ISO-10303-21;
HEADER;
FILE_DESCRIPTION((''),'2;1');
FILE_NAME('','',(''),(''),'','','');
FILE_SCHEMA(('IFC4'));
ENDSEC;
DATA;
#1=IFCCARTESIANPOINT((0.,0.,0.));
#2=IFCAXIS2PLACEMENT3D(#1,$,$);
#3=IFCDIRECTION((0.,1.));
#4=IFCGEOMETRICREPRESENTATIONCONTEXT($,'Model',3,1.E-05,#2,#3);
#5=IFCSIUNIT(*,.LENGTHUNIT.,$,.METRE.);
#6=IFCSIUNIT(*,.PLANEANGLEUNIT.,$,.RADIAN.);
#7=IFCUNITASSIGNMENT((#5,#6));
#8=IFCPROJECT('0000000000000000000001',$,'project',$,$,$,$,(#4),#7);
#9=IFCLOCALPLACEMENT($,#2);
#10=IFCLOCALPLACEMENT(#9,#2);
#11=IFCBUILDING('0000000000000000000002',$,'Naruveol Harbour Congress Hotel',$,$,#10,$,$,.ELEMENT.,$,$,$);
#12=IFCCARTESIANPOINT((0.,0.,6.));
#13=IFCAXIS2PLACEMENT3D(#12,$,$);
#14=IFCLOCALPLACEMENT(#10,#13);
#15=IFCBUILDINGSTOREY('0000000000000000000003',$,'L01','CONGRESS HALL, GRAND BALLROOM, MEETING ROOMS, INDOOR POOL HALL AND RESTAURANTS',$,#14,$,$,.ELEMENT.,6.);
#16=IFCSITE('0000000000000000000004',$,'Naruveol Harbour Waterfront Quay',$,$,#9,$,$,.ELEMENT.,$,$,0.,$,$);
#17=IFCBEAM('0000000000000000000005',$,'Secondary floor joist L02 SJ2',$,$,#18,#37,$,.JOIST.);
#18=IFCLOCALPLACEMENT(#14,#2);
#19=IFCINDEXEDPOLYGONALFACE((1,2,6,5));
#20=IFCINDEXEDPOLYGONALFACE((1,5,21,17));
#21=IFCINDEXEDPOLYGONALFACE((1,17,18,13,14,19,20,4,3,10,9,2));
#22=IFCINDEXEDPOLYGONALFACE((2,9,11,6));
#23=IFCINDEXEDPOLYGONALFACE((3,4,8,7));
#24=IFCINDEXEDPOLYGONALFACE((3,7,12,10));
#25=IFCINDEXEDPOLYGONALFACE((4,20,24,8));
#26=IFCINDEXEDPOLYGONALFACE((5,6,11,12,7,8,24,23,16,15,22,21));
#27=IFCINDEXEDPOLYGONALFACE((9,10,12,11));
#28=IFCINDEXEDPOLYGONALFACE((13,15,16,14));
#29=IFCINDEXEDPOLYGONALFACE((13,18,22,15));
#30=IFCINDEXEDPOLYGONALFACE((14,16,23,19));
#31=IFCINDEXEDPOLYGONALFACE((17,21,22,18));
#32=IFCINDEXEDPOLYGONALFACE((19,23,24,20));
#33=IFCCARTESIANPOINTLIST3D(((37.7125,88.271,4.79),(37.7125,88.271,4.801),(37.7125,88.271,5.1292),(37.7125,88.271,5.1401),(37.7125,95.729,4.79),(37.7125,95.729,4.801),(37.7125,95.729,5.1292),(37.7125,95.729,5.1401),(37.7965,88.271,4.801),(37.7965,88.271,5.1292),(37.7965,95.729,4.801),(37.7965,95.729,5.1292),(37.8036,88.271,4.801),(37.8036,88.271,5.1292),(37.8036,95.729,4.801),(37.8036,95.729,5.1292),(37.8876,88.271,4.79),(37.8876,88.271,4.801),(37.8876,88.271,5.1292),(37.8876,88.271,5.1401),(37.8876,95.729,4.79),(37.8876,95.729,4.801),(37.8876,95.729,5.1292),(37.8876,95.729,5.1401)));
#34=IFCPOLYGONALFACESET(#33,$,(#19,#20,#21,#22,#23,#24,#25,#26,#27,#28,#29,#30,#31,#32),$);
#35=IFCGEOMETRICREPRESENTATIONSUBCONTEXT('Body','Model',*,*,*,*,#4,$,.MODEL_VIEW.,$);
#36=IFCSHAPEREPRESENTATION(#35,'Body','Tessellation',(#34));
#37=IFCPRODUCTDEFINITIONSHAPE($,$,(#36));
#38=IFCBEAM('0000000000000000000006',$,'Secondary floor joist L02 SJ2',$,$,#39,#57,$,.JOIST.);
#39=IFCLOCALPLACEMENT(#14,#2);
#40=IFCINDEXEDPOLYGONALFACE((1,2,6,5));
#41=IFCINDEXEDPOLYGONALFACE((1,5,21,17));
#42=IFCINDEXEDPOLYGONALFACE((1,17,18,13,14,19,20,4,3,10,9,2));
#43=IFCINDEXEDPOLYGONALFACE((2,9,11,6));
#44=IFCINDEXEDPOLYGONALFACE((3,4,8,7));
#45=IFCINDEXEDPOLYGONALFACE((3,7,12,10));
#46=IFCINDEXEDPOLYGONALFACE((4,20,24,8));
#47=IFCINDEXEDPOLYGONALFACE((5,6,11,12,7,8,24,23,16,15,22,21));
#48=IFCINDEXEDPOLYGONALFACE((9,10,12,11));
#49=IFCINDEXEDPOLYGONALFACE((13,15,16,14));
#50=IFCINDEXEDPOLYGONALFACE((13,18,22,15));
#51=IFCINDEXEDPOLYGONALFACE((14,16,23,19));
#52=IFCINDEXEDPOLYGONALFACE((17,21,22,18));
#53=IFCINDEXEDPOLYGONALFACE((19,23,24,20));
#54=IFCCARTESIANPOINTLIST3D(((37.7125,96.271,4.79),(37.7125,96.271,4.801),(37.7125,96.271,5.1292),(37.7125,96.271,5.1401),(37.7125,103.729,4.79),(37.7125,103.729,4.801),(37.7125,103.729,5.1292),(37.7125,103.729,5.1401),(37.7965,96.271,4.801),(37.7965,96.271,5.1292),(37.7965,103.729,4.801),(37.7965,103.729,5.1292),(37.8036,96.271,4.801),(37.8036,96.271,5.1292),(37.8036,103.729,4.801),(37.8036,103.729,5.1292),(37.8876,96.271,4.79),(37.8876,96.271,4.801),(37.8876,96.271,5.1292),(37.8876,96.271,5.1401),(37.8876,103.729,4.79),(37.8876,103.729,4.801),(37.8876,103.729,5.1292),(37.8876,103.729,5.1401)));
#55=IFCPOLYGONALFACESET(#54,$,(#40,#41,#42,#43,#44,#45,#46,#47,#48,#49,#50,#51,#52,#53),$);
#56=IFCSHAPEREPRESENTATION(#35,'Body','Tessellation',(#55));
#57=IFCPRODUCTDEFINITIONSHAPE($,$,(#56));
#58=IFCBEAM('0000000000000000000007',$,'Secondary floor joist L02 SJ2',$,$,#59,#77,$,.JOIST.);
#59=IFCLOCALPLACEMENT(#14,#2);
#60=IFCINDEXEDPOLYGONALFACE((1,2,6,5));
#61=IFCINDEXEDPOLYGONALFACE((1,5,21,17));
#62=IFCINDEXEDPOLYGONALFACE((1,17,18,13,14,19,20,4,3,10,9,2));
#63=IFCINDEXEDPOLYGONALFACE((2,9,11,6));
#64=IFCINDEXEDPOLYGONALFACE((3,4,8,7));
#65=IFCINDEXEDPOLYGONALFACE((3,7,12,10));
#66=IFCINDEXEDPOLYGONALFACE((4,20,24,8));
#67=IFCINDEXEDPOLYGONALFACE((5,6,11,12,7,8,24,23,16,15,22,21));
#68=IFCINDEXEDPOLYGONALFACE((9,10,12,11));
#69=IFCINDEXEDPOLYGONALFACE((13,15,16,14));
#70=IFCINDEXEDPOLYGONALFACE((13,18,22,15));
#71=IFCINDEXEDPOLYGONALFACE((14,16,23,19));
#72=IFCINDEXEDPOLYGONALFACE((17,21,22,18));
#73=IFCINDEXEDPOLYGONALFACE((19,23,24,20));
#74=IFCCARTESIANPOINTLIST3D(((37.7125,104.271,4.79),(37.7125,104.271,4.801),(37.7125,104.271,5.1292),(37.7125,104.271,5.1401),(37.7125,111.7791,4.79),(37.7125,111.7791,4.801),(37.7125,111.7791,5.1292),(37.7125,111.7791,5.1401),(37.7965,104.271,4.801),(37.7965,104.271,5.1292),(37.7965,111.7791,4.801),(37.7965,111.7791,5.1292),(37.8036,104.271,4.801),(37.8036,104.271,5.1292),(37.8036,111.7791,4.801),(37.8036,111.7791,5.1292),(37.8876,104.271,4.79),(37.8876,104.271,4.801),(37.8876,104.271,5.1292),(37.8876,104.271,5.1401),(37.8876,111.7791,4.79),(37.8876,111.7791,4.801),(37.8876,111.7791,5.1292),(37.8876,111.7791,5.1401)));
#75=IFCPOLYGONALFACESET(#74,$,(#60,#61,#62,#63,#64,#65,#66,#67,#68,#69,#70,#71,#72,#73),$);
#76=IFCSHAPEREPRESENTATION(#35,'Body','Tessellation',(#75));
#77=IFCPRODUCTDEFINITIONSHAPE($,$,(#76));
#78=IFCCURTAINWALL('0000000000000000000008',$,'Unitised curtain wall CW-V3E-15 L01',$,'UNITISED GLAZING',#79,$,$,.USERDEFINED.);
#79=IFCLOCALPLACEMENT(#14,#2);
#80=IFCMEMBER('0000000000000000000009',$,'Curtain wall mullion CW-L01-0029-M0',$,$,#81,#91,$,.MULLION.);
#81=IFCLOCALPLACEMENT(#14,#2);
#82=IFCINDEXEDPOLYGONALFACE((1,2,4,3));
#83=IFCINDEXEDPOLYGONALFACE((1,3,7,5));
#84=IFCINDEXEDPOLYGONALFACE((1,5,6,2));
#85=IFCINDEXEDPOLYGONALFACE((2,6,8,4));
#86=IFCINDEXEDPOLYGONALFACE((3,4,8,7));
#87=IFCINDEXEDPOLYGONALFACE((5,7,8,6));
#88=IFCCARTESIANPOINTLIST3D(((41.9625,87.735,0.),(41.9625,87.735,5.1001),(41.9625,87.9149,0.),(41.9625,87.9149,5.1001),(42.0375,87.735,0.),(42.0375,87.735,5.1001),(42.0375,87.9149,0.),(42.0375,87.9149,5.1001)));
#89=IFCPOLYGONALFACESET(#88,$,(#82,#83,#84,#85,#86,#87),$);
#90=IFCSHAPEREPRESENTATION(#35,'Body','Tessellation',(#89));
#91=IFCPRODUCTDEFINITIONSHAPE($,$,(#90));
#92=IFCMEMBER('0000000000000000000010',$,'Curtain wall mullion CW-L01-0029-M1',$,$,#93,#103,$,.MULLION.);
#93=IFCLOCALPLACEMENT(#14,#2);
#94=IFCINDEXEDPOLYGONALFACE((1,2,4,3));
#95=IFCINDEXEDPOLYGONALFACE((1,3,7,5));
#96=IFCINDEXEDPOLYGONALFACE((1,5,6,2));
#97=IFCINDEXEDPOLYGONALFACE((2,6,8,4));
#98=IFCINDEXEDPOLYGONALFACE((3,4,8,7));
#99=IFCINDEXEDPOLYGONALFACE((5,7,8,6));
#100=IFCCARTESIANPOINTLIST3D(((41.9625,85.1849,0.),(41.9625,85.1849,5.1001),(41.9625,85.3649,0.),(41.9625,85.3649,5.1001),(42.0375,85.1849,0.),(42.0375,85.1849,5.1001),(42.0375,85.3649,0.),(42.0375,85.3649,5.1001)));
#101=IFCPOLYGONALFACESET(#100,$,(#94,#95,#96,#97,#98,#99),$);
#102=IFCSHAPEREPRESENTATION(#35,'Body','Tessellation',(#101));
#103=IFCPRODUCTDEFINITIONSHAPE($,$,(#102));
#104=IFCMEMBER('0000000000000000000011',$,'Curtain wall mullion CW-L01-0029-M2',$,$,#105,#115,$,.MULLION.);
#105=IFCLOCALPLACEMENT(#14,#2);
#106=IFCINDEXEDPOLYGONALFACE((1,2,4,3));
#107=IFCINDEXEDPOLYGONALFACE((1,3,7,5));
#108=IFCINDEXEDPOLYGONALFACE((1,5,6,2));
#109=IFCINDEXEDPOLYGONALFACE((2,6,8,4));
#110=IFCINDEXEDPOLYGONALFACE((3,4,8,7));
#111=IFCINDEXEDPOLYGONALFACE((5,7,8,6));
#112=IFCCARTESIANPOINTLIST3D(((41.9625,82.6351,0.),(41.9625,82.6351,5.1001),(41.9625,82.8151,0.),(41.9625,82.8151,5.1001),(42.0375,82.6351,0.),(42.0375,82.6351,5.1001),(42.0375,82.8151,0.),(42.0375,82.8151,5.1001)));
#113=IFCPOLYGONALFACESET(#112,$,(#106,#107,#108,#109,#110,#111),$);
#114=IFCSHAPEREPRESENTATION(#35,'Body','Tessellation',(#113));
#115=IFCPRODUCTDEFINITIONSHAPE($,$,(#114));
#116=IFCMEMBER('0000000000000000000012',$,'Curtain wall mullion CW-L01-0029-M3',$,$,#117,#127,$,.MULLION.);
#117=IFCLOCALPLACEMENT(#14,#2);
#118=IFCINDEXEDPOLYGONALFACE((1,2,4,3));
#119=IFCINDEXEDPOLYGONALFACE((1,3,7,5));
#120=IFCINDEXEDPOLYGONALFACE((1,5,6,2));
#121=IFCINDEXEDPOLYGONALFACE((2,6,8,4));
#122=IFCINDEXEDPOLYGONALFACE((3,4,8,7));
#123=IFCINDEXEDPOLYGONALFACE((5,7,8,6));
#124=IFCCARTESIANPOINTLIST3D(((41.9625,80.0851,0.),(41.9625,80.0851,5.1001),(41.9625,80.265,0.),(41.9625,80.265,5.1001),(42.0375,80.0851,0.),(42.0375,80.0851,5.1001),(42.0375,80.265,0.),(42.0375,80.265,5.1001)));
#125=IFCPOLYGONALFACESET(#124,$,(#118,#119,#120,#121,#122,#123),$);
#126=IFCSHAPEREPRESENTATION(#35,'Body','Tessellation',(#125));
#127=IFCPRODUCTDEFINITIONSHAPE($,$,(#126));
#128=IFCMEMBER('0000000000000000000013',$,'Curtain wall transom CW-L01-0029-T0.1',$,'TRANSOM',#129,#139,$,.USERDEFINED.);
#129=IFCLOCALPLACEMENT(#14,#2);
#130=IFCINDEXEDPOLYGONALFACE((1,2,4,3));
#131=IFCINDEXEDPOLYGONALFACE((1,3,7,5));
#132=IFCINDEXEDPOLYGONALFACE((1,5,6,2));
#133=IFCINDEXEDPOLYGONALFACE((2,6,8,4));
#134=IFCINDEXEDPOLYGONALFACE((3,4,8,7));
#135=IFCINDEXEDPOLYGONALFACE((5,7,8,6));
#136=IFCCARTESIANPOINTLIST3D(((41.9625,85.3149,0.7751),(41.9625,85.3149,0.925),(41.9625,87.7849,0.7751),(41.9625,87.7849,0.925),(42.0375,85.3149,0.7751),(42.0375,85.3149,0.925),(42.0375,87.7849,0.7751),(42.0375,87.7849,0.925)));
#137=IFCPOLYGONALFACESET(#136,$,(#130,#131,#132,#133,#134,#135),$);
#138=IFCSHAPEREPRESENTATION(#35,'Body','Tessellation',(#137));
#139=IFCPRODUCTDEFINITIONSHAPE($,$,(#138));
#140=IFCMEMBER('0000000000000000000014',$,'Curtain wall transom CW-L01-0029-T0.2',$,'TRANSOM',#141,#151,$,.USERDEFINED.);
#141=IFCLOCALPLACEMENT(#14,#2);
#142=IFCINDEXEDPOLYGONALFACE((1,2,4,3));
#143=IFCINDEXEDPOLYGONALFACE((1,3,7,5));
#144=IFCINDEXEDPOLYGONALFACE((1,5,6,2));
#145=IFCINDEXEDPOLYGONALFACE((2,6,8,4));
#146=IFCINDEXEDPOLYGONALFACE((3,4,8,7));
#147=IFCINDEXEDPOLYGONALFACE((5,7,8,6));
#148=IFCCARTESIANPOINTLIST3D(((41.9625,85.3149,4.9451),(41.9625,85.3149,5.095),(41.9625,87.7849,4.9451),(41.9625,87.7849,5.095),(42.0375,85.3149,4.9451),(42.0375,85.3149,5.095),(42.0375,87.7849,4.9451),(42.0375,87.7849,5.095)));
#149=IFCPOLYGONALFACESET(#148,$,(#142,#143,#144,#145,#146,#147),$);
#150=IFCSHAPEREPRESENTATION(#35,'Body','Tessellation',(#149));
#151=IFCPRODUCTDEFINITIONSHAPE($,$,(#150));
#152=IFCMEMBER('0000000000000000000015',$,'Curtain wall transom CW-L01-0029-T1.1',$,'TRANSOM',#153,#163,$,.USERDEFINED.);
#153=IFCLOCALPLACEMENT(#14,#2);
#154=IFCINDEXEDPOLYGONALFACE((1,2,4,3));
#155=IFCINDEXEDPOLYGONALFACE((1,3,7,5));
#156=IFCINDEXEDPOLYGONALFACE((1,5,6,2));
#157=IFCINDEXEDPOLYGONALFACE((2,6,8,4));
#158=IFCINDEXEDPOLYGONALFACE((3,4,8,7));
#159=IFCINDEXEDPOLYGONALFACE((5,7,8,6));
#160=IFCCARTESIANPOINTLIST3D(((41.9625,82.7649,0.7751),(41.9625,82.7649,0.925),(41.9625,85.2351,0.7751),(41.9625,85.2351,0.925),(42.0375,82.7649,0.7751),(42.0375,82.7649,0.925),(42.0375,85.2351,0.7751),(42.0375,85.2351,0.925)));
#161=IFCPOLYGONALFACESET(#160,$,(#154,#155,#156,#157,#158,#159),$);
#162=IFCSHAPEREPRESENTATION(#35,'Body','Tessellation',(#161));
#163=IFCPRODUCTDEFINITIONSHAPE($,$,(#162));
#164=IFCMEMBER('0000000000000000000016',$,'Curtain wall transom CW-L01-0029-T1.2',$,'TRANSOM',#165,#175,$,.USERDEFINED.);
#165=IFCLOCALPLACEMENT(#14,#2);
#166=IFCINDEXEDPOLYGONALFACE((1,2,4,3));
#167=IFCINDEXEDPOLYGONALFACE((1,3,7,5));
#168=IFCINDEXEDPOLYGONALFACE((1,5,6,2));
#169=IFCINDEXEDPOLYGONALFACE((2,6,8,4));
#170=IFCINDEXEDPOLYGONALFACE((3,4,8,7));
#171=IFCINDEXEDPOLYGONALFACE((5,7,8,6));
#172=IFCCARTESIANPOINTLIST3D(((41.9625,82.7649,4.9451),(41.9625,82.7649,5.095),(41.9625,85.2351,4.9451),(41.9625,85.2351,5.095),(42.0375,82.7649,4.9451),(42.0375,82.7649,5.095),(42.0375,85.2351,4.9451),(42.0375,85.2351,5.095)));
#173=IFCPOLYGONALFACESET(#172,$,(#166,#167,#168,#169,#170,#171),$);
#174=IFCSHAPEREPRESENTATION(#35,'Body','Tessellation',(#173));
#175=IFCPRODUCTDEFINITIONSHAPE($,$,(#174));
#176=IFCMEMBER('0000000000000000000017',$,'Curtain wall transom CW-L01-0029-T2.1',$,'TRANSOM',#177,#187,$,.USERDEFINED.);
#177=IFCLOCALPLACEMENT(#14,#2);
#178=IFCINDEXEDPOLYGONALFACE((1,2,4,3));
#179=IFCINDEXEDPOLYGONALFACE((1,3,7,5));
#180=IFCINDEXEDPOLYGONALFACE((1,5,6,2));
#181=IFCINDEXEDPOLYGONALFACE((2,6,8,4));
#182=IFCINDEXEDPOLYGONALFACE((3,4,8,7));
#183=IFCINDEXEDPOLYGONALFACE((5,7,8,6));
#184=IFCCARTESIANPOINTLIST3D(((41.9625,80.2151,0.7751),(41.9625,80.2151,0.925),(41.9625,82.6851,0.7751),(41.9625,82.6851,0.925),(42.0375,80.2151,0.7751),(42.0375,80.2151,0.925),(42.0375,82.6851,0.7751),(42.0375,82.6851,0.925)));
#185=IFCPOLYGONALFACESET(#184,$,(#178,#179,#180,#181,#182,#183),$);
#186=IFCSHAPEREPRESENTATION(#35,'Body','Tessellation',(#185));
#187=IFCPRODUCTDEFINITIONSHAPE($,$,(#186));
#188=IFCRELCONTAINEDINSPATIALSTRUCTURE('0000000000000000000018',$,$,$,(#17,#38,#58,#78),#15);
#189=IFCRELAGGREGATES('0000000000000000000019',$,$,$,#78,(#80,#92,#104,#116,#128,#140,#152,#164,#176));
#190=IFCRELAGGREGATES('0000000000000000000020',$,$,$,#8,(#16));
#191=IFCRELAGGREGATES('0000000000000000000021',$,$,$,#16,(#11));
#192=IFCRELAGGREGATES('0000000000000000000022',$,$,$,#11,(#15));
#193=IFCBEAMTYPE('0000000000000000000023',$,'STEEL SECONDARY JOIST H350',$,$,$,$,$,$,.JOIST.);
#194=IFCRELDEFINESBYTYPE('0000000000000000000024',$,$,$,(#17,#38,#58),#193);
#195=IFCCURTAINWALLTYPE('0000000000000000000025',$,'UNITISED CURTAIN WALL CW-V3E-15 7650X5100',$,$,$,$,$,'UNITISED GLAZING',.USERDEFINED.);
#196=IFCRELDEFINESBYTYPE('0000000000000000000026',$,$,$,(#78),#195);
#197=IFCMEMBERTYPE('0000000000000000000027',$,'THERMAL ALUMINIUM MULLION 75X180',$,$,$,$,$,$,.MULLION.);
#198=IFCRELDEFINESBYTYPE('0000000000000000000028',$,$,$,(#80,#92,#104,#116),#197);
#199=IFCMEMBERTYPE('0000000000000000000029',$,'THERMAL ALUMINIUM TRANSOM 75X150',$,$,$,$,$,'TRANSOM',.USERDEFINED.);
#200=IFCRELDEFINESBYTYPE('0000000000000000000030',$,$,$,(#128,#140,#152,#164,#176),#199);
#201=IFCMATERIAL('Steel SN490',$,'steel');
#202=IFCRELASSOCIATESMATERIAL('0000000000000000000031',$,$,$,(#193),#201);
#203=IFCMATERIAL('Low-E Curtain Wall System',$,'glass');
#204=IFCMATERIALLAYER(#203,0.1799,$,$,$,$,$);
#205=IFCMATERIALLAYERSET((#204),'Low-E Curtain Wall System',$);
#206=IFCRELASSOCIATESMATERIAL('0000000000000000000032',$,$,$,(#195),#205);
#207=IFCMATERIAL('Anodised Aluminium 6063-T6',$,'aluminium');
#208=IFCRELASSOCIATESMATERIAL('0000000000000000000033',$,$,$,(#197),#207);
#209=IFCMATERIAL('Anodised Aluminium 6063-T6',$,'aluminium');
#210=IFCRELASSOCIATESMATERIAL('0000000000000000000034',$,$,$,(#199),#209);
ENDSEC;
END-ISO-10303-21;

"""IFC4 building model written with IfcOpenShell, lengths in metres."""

from ifc_helpers import new_model, si_unit, direction, frame, origin, origin_2d, place, context, subcontext, project, spatial, rectangle, i_section, extrude, material, layer, layer_set, material_profile, profile_set, type_object, element, aggregate, save


model = new_model("IFC4")

# Units and contexts
model_context = context("Model", 3, precision=1e-05, world=origin(), true_north=direction((0.0, 1.0)))
body_context = subcontext(model_context, "Body", "Model", "MODEL_VIEW")
ifc_project = project(units=[si_unit("LENGTHUNIT", "METRE"), si_unit("PLANEANGLEUNIT", "RADIAN")], contexts=[model_context])

# Site, building, storey
site_placement = place(None, origin())
site = spatial("IfcSite", under=ifc_project, at=site_placement, Name="Naruveol Harbour Waterfront Quay", CompositionType="ELEMENT", RefElevation=0.0)
building_placement = place(site_placement, origin())
building = spatial("IfcBuilding", under=site, at=building_placement, Name="Naruveol Harbour Congress Hotel", CompositionType="ELEMENT")
storey_placement = place(building_placement, frame((0.0, 0.0, 6.0)))
storey = spatial("IfcBuildingStorey", under=building, at=storey_placement, Name="L01", Description="CONGRESS HALL, GRAND BALLROOM, MEETING ROOMS, INDOOR POOL HALL AND RESTAURANTS", CompositionType="ELEMENT", Elevation=6.0)

# Beams
ifc_material_1 = material(Name="Steel SN490", Category="steel")
ifc_material_profile_1 = material_profile(ifc_material_1, i_section(OverallWidth=0.175, OverallDepth=0.3501, WebThickness=0.0071, FlangeThickness=0.011, at=origin_2d()), Name="H-350x175x7x11")
ifc_profile_set_1 = profile_set([ifc_material_profile_1], Name="Steel SN490")
beam_type_1 = type_object("IfcBeamType", Name="STEEL SECONDARY JOIST H350", PredefinedType="JOIST", material=ifc_profile_set_1)
for number, where, z_axis, x_axis, name in (
    (1, (37.8, 88.271, 4.9651), (0.0, 1.0, 0.0), (-1.0, 0.0, 0.0), "Secondary floor joist L02 SJ2"),
    (2, (37.8, 96.271, 4.9651), (0.0, 1.0, 0.0), (-1.0, 0.0, 0.0), "Secondary floor joist L02 SJ2"),
):
    element("IfcBeam", number, at=place(storey_placement, frame(where, z_axis=z_axis, x_axis=x_axis)), inside=storey, type_object=beam_type_1, Name=name, PredefinedType="JOIST", context=body_context, shape_type="SweptSolid", body=[
        extrude(i_section(OverallWidth=0.175, OverallDepth=0.3501, WebThickness=0.0071, FlangeThickness=0.011, at=origin_2d()), origin(), (0.0, 0.0, 1.0), 7.458),
    ])
beam_1_placement = place(storey_placement, frame((37.8, 104.271, 4.9651), z_axis=(0.0, 1.0, 0.0), x_axis=(-1.0, 0.0, 0.0)))
element("IfcBeam", 3, at=beam_1_placement, inside=storey, type_object=beam_type_1, Name="Secondary floor joist L02 SJ2", PredefinedType="JOIST", context=body_context, shape_type="SweptSolid", body=[
    extrude(i_section(OverallWidth=0.175, OverallDepth=0.3501, WebThickness=0.0071, FlangeThickness=0.011, at=origin_2d()), origin(), (0.0, 0.0, 1.0), 7.5081),
])

# Curtain wall, members
ifc_material_2 = material(Name="Low-E Curtain Wall System", Category="glass")
ifc_layer_1 = layer(ifc_material_2, 0.1799)
ifc_layer_set_1 = layer_set([ifc_layer_1], Name="Low-E Curtain Wall System")
curtain_wall_type = type_object("IfcCurtainWallType", Name="UNITISED CURTAIN WALL CW-V3E-15 7650X5100", ElementType="UNITISED GLAZING", PredefinedType="USERDEFINED", material=ifc_layer_set_1)
curtain_wall_placement = place(storey_placement, origin())
curtain_wall = element("IfcCurtainWall", 4, at=curtain_wall_placement, inside=storey, type_object=curtain_wall_type, Name="Unitised curtain wall CW-V3E-15 L01", ObjectType="UNITISED GLAZING", PredefinedType="USERDEFINED")
ifc_material_3 = material(Name="Anodised Aluminium 6063-T6", Category="aluminium")
ifc_material_profile_2 = material_profile(ifc_material_3, rectangle(XDim=0.075, YDim=0.1799, at=origin_2d()), Name="ALU-75x180")
ifc_profile_set_2 = profile_set([ifc_material_profile_2], Name="Anodised Aluminium 6063-T6")
member_type_1 = type_object("IfcMemberType", Name="THERMAL ALUMINIUM MULLION 75X180", PredefinedType="MULLION", material=ifc_profile_set_2)
member_1_placement = place(storey_placement, frame((42.0, 87.825, 0.0), z_axis=(0.0, 0.0, 1.0), x_axis=(1.0, 0.0, 0.0)))
member_1 = element("IfcMember", 5, at=member_1_placement, type_object=member_type_1, Name="Curtain wall mullion CW-L01-0029-M0", PredefinedType="MULLION", context=body_context, shape_type="SweptSolid", body=[
    extrude(rectangle(XDim=0.075, YDim=0.1799, at=origin_2d()), origin(), (0.0, 0.0, 1.0), 5.1001),
])
member_2_placement = place(storey_placement, frame((42.0, 85.2749, 0.0), z_axis=(0.0, 0.0, 1.0), x_axis=(1.0, 0.0, 0.0)))
member_2 = element("IfcMember", 6, at=member_2_placement, type_object=member_type_1, Name="Curtain wall mullion CW-L01-0029-M1", PredefinedType="MULLION", context=body_context, shape_type="SweptSolid", body=[
    extrude(rectangle(XDim=0.075, YDim=0.1799, at=origin_2d()), origin(), (0.0, 0.0, 1.0), 5.1001),
])
member_3_placement = place(storey_placement, frame((42.0, 82.7251, 0.0), z_axis=(0.0, 0.0, 1.0), x_axis=(1.0, 0.0, 0.0)))
member_3 = element("IfcMember", 7, at=member_3_placement, type_object=member_type_1, Name="Curtain wall mullion CW-L01-0029-M2", PredefinedType="MULLION", context=body_context, shape_type="SweptSolid", body=[
    extrude(rectangle(XDim=0.075, YDim=0.1799, at=origin_2d()), origin(), (0.0, 0.0, 1.0), 5.1001),
])
member_4_placement = place(storey_placement, frame((42.0, 80.175, 0.0), z_axis=(0.0, 0.0, 1.0), x_axis=(1.0, 0.0, 0.0)))
member_4 = element("IfcMember", 8, at=member_4_placement, type_object=member_type_1, Name="Curtain wall mullion CW-L01-0029-M3", PredefinedType="MULLION", context=body_context, shape_type="SweptSolid", body=[
    extrude(rectangle(XDim=0.075, YDim=0.1799, at=origin_2d()), origin(), (0.0, 0.0, 1.0), 5.1001),
])
ifc_material_4 = material(Name="Anodised Aluminium 6063-T6", Category="aluminium")
ifc_material_profile_3 = material_profile(ifc_material_4, rectangle(XDim=0.075, YDim=0.1499, at=origin_2d()), Name="ALU-75x150")
ifc_profile_set_3 = profile_set([ifc_material_profile_3], Name="Anodised Aluminium 6063-T6")
member_type_2 = type_object("IfcMemberType", Name="THERMAL ALUMINIUM TRANSOM 75X150", ElementType="TRANSOM", PredefinedType="USERDEFINED", material=ifc_profile_set_3)
member_5_placement = place(storey_placement, frame((42.0, 87.7849, 0.8501), z_axis=(0.0, -1.0, 0.0), x_axis=(1.0, 0.0, 0.0)))
member_5 = element("IfcMember", 9, at=member_5_placement, type_object=member_type_2, Name="Curtain wall transom CW-L01-0029-T0.1", ObjectType="TRANSOM", PredefinedType="USERDEFINED", context=body_context, shape_type="SweptSolid", body=[
    extrude(rectangle(XDim=0.075, YDim=0.1499, at=origin_2d()), origin(), (0.0, 0.0, 1.0), 2.47),
])
member_6_placement = place(storey_placement, frame((42.0, 87.7849, 5.02), z_axis=(0.0, -1.0, 0.0), x_axis=(1.0, 0.0, 0.0)))
member_6 = element("IfcMember", 10, at=member_6_placement, type_object=member_type_2, Name="Curtain wall transom CW-L01-0029-T0.2", ObjectType="TRANSOM", PredefinedType="USERDEFINED", context=body_context, shape_type="SweptSolid", body=[
    extrude(rectangle(XDim=0.075, YDim=0.1499, at=origin_2d()), origin(), (0.0, 0.0, 1.0), 2.47),
])
member_7_placement = place(storey_placement, frame((42.0, 85.2351, 0.8501), z_axis=(0.0, -1.0, 0.0), x_axis=(1.0, 0.0, 0.0)))
member_7 = element("IfcMember", 11, at=member_7_placement, type_object=member_type_2, Name="Curtain wall transom CW-L01-0029-T1.1", ObjectType="TRANSOM", PredefinedType="USERDEFINED", context=body_context, shape_type="SweptSolid", body=[
    extrude(rectangle(XDim=0.075, YDim=0.1499, at=origin_2d()), origin(), (0.0, 0.0, 1.0), 2.4702),
])
member_8_placement = place(storey_placement, frame((42.0, 85.2351, 5.02), z_axis=(0.0, -1.0, 0.0), x_axis=(1.0, 0.0, 0.0)))
member_8 = element("IfcMember", 12, at=member_8_placement, type_object=member_type_2, Name="Curtain wall transom CW-L01-0029-T1.2", ObjectType="TRANSOM", PredefinedType="USERDEFINED", context=body_context, shape_type="SweptSolid", body=[
    extrude(rectangle(XDim=0.075, YDim=0.1499, at=origin_2d()), origin(), (0.0, 0.0, 1.0), 2.4702),
])
member_9_placement = place(storey_placement, frame((42.0, 82.6851, 0.8501), z_axis=(0.0, -1.0, 0.0), x_axis=(1.0, 0.0, 0.0)))
member_9 = element("IfcMember", 13, at=member_9_placement, type_object=member_type_2, Name="Curtain wall transom CW-L01-0029-T2.1", ObjectType="TRANSOM", PredefinedType="USERDEFINED", context=body_context, shape_type="SweptSolid", body=[
    extrude(rectangle(XDim=0.075, YDim=0.1499, at=origin_2d()), origin(), (0.0, 0.0, 1.0), 2.47),
])
aggregate(curtain_wall, [member_1, member_2, member_3, member_4, member_5, member_6, member_7, member_8, member_9])

save(model, "model.ifc")
